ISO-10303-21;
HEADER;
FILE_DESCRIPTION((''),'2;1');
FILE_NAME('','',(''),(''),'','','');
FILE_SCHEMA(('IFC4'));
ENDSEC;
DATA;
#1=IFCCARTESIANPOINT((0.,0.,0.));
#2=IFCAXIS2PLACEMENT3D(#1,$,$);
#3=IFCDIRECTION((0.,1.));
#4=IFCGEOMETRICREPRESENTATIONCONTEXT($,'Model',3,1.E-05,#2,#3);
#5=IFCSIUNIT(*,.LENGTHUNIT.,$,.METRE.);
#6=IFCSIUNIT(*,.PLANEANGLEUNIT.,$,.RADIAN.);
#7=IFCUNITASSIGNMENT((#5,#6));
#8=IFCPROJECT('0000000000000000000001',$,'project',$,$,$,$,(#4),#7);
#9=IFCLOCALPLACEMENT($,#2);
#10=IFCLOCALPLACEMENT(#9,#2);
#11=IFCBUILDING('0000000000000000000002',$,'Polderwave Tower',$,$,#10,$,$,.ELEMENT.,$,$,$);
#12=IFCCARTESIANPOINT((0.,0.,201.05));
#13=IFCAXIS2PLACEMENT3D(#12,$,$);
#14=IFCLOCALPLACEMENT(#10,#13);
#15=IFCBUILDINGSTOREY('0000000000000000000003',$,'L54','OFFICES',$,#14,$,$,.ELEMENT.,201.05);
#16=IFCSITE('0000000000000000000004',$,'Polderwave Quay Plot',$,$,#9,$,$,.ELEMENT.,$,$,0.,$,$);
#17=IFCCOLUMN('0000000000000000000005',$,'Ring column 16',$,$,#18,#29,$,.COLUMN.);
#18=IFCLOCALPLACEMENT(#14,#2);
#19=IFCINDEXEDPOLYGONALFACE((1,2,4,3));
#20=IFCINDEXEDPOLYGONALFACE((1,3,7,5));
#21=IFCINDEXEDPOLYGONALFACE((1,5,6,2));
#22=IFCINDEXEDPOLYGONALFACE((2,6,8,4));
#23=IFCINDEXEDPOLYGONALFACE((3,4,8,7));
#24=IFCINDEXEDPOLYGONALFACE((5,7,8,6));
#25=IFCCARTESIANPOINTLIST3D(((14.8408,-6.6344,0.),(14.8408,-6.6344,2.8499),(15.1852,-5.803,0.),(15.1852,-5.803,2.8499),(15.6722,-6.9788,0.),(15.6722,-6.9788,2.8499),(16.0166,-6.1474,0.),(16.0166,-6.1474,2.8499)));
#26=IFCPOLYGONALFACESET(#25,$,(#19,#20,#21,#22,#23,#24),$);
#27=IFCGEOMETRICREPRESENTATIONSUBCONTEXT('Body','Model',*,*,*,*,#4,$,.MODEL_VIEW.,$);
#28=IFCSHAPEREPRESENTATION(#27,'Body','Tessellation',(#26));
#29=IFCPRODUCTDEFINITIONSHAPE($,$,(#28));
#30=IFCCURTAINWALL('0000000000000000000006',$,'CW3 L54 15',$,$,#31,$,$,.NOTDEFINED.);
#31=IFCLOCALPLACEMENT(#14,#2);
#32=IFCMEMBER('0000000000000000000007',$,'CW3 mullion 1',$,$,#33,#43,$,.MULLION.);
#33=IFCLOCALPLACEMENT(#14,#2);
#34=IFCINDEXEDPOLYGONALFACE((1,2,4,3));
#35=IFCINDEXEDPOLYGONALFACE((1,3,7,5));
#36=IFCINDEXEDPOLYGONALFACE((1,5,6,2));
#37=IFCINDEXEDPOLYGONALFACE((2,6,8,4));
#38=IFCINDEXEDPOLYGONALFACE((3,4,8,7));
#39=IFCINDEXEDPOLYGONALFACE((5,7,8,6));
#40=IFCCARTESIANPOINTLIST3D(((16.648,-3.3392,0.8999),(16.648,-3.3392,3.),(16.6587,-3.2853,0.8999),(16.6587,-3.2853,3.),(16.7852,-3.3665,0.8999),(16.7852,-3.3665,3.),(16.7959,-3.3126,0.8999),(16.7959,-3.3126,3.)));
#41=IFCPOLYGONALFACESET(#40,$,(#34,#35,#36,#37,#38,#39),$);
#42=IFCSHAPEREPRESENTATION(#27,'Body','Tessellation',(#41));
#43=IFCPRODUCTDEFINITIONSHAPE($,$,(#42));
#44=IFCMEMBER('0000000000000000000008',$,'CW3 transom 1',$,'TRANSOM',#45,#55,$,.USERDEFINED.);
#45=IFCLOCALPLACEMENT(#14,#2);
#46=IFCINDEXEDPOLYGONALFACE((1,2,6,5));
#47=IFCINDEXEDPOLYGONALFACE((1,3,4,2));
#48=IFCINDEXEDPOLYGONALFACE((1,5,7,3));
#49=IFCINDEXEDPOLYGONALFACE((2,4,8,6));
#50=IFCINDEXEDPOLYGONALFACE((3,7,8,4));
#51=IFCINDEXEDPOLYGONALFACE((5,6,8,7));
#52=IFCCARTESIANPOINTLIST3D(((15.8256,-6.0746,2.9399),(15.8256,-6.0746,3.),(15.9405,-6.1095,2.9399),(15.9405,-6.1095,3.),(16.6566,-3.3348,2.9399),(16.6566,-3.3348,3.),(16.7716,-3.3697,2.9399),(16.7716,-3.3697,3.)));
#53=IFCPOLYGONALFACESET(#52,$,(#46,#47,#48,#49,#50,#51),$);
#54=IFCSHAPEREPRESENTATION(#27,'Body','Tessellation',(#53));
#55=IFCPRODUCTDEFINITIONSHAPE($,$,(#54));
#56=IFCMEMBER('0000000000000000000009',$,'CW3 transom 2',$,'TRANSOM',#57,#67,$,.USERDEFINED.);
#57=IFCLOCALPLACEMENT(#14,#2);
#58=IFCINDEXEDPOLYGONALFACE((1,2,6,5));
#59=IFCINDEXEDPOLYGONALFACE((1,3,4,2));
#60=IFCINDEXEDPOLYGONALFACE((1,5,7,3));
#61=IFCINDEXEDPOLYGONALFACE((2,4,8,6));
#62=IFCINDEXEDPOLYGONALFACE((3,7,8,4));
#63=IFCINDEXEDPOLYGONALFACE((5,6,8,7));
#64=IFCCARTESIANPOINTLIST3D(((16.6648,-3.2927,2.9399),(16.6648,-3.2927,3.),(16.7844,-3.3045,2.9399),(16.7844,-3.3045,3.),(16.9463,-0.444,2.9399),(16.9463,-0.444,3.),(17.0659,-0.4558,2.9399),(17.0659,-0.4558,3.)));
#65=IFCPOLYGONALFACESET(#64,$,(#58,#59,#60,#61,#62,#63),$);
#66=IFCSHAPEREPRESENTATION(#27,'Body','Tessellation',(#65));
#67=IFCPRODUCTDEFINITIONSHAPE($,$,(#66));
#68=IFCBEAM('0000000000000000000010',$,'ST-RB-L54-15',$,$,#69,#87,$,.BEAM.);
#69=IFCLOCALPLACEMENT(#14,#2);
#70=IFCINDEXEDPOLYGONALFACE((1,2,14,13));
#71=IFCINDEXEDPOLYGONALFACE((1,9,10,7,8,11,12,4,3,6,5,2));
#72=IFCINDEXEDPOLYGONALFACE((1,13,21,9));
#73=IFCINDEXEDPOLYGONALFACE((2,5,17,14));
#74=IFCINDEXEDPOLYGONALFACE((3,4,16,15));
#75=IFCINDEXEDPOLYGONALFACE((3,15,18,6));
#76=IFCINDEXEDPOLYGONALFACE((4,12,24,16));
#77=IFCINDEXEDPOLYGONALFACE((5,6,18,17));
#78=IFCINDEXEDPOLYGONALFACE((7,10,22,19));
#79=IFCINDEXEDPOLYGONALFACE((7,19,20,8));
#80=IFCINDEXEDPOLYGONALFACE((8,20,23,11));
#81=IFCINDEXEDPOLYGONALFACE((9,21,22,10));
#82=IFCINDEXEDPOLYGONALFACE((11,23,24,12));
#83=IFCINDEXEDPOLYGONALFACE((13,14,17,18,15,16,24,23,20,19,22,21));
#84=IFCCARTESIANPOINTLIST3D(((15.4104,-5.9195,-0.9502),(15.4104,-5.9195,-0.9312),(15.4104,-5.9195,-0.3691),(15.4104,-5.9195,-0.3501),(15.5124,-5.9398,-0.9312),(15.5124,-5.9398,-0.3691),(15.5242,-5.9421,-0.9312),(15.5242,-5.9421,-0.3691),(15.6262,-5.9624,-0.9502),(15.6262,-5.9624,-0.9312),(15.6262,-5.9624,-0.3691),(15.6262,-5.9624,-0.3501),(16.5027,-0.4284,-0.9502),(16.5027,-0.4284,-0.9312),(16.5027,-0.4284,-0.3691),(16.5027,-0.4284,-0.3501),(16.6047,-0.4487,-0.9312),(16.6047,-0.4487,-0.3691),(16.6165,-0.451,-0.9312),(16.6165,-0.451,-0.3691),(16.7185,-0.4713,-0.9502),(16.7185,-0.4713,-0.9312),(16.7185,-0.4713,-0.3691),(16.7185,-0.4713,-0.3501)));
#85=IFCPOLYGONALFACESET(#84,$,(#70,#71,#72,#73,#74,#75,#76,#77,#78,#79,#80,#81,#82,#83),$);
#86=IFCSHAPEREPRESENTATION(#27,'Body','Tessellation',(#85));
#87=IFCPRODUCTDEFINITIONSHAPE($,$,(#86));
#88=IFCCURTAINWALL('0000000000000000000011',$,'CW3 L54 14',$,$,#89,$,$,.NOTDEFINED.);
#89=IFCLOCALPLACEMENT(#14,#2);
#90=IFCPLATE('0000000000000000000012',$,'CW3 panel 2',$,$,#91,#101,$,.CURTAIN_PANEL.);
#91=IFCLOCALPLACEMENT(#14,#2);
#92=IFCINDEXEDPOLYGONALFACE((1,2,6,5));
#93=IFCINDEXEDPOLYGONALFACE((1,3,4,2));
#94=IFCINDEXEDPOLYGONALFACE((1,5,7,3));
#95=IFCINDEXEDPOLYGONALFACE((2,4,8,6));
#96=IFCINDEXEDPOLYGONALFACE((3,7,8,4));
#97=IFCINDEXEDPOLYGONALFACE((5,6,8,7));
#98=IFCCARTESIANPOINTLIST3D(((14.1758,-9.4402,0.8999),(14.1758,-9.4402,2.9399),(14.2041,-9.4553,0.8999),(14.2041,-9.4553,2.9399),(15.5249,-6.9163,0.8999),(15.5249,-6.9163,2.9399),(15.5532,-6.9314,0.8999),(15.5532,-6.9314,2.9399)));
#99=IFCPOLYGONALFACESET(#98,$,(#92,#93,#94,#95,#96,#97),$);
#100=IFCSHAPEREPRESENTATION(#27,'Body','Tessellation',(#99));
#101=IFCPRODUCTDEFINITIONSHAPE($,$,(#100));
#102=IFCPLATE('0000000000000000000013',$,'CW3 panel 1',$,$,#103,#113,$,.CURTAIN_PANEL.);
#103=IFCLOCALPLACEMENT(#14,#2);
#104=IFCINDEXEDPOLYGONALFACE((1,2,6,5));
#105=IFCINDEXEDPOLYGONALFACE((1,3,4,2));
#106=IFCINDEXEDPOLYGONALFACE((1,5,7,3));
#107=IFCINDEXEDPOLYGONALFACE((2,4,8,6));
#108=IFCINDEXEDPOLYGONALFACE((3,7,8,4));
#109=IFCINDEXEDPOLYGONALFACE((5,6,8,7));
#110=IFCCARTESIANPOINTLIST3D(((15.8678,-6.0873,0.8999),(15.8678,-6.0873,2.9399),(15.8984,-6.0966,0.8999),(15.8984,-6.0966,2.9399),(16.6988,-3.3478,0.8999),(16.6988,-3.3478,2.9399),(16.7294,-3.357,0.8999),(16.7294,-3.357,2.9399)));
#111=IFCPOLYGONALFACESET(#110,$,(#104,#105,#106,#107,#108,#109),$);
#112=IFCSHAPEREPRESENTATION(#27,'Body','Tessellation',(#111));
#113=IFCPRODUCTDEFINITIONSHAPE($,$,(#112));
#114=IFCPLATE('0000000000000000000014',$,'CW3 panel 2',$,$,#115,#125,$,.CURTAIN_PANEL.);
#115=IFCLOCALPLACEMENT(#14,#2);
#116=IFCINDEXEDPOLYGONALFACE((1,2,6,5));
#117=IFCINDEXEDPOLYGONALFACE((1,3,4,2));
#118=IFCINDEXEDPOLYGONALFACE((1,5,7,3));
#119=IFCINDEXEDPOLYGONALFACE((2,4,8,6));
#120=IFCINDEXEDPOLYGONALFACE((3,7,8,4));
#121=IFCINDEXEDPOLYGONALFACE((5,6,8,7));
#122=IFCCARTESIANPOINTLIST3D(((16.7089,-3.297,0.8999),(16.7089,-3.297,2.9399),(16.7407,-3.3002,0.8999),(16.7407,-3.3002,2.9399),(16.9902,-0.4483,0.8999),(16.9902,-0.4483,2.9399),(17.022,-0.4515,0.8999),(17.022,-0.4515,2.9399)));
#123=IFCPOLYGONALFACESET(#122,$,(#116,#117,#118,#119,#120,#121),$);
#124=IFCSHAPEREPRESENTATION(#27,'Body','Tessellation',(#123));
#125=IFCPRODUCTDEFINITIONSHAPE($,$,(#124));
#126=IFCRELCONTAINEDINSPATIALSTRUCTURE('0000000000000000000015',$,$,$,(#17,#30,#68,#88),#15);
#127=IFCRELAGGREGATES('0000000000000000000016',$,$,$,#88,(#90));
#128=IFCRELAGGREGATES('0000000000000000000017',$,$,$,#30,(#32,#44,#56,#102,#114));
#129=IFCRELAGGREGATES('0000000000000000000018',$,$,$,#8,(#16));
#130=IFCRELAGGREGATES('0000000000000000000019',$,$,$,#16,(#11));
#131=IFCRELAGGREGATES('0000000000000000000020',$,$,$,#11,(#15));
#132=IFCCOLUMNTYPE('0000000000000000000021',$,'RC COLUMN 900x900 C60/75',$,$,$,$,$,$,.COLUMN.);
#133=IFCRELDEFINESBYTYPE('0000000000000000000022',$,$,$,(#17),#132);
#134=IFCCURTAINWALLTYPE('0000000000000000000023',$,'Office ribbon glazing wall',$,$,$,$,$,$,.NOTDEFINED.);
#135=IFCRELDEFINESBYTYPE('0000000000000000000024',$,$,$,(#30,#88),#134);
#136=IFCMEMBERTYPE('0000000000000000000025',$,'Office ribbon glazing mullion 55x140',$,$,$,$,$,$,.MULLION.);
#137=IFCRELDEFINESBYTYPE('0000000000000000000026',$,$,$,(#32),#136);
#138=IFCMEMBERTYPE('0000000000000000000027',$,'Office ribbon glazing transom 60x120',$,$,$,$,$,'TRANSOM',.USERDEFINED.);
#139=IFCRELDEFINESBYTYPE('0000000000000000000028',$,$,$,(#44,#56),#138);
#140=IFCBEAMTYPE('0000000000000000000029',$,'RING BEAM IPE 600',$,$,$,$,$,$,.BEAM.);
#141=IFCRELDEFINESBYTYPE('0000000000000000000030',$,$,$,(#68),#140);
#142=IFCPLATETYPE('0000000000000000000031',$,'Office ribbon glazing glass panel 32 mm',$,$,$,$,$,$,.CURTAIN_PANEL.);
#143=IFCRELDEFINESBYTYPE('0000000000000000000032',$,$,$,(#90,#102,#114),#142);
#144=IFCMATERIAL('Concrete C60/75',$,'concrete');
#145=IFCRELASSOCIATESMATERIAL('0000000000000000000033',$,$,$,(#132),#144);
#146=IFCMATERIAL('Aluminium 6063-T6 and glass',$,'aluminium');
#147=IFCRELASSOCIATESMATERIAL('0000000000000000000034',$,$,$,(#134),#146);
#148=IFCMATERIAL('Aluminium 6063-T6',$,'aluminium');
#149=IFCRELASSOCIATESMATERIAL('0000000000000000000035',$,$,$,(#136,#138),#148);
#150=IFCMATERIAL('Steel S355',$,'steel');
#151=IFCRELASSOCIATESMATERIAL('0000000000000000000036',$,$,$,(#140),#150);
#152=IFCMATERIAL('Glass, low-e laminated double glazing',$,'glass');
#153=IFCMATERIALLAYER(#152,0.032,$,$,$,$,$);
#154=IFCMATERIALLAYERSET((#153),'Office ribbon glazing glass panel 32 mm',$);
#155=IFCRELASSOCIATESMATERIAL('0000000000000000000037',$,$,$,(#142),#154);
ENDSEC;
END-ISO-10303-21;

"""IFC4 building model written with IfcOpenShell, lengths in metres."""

from ifc_helpers import new_model, si_unit, direction, frame, origin, origin_2d, place, context, subcontext, project, spatial, rectangle, i_section, extrude, material, layer, layer_set, material_profile, profile_set, type_object, element, aggregate, save


model = new_model("IFC4")

# Units and contexts
model_context = context("Model", 3, precision=1e-05, world=origin(), true_north=direction((0.0, 1.0)))
body_context = subcontext(model_context, "Body", "Model", "MODEL_VIEW")
ifc_project = project(units=[si_unit("LENGTHUNIT", "METRE"), si_unit("PLANEANGLEUNIT", "RADIAN")], contexts=[model_context])

# Site, building, storey
site_placement = place(None, origin())
site = spatial("IfcSite", under=ifc_project, at=site_placement, Name="Polderwave Quay Plot", CompositionType="ELEMENT", RefElevation=0.0)
building_placement = place(site_placement, origin())
building = spatial("IfcBuilding", under=site, at=building_placement, Name="Polderwave Tower", CompositionType="ELEMENT")
storey_placement = place(building_placement, frame((0.0, 0.0, 201.05)))
storey = spatial("IfcBuildingStorey", under=building, at=storey_placement, Name="L54", Description="OFFICES", CompositionType="ELEMENT", Elevation=201.05)

# Column
ifc_material_1 = material(Name="Concrete C60/75", Category="concrete")
ifc_material_profile_1 = material_profile(ifc_material_1, rectangle(XDim=0.8999, YDim=0.8999, at=origin_2d()), Name="RC 900x900")
ifc_profile_set_1 = profile_set([ifc_material_profile_1], Name="Concrete C60/75")
column_type = type_object("IfcColumnType", Name="RC COLUMN 900x900 C60/75", PredefinedType="COLUMN", material=ifc_profile_set_1)
column_placement = place(storey_placement, frame((15.4287, -6.3909, 0.0), z_axis=(0.0, 0.0, 1.0), x_axis=(0.92388, -0.382683, 0.0)))
element("IfcColumn", 1, at=column_placement, inside=storey, type_object=column_type, Name="Ring column 16", PredefinedType="COLUMN", context=body_context, shape_type="SweptSolid", body=[
    extrude(rectangle(XDim=0.8999, YDim=0.8999, at=origin_2d()), origin(), (0.0, 0.0, 1.0), 2.8499),
])

# Curtain wall, members
ifc_material_2 = material(Name="Aluminium 6063-T6 and glass", Category="aluminium")
curtain_wall_type = type_object("IfcCurtainWallType", Name="Office ribbon glazing wall", PredefinedType="NOTDEFINED", material=ifc_material_2)
curtain_wall_1_placement = place(storey_placement, origin())
curtain_wall_1 = element("IfcCurtainWall", 2, at=curtain_wall_1_placement, inside=storey, type_object=curtain_wall_type, Name="CW3 L54 15", PredefinedType="NOTDEFINED")
ifc_material_3 = material(Name="Aluminium 6063-T6", Category="aluminium")
ifc_material_profile_2 = material_profile(ifc_material_3, rectangle(XDim=0.1399, YDim=0.0549, at=origin_2d()), Name="AL 55x140")
ifc_profile_set_2 = profile_set([ifc_material_profile_2], Name="Aluminium 6063-T6")
member_type_1 = type_object("IfcMemberType", Name="Office ribbon glazing mullion 55x140", PredefinedType="MULLION", material=ifc_profile_set_2)
member_1_placement = place(storey_placement, frame((16.7219, -3.3259, 0.8999), z_axis=(0.0, 0.0, 1.0), x_axis=(-0.980762, 0.195205, 0.0)))
member_1 = element("IfcMember", 3, at=member_1_placement, type_object=member_type_1, Name="CW3 mullion 1", PredefinedType="MULLION", context=body_context, shape_type="SweptSolid", body=[
    extrude(rectangle(XDim=0.1399, YDim=0.0549, at=origin_2d()), origin(), (0.0, 0.0, 1.0), 2.1001),
])
ifc_material_profile_3 = material_profile(ifc_material_3, rectangle(XDim=0.1201, YDim=0.0601, at=origin_2d()), Name="AL 60x120")
ifc_profile_set_3 = profile_set([ifc_material_profile_3], Name="Aluminium 6063-T6")
member_type_2 = type_object("IfcMemberType", Name="Office ribbon glazing transom 60x120", ElementType="TRANSOM", PredefinedType="USERDEFINED", material=ifc_profile_set_3)
member_2_placement = place(storey_placement, frame((15.8831, -6.092, 2.97), z_axis=(0.290272, 0.956944, 0.0), x_axis=(-0.956944, 0.290272, 0.0)))
member_2 = element("IfcMember", 4, at=member_2_placement, type_object=member_type_2, Name="CW3 transom 1", ObjectType="TRANSOM", PredefinedType="USERDEFINED", context=body_context, shape_type="SweptSolid", body=[
    extrude(rectangle(XDim=0.1201, YDim=0.0601, at=origin_2d()), origin(), (0.0, 0.0, 1.0), 2.863),
])
member_3_placement = place(storey_placement, frame((16.7246, -3.2986, 2.97), z_axis=(0.098338, 0.995153, 0.0), x_axis=(-0.995153, 0.098338, 0.0)))
member_3 = element("IfcMember", 5, at=member_3_placement, type_object=member_type_2, Name="CW3 transom 2", ObjectType="TRANSOM", PredefinedType="USERDEFINED", context=body_context, shape_type="SweptSolid", body=[
    extrude(rectangle(XDim=0.1201, YDim=0.0601, at=origin_2d()), origin(), (0.0, 0.0, 1.0), 2.8625),
])

# Beam
ifc_material_4 = material(Name="Steel S355", Category="steel")
ifc_material_profile_4 = material_profile(ifc_material_4, i_section(OverallWidth=0.22, OverallDepth=0.6001, WebThickness=0.012, FlangeThickness=0.019, at=origin_2d()), Name="IPE 600")
ifc_profile_set_4 = profile_set([ifc_material_profile_4], Name="Steel S355")
beam_type = type_object("IfcBeamType", Name="RING BEAM IPE 600", PredefinedType="BEAM", material=ifc_profile_set_4)
beam_placement = place(storey_placement, frame((15.5183, -5.9409, -0.6501), z_axis=(0.195101, 0.980783, 0.0), x_axis=(-0.980783, 0.195101, 0.0)))
element("IfcBeam", 6, at=beam_placement, inside=storey, type_object=beam_type, Name="ST-RB-L54-15", PredefinedType="BEAM", context=body_context, shape_type="SweptSolid", body=[
    extrude(i_section(OverallWidth=0.22, OverallDepth=0.6001, WebThickness=0.012, FlangeThickness=0.019, at=origin_2d()), origin(), (0.0, 0.0, 1.0), 5.5986),
])

# Curtain wall, plate
curtain_wall_2_placement = place(storey_placement, origin())
curtain_wall_2 = element("IfcCurtainWall", 7, at=curtain_wall_2_placement, inside=storey, type_object=curtain_wall_type, Name="CW3 L54 14", PredefinedType="NOTDEFINED")
ifc_material_5 = material(Name="Glass, low-e laminated double glazing", Category="glass")
ifc_layer_1 = layer(ifc_material_5, 0.032)
ifc_layer_set_1 = layer_set([ifc_layer_1], Name="Office ribbon glazing glass panel 32 mm")
plate_type = type_object("IfcPlateType", Name="Office ribbon glazing glass panel 32 mm", PredefinedType="CURTAIN_PANEL", material=ifc_layer_set_1)
plate_1_placement = place(storey_placement, frame((14.8645, -8.1858, 0.8999), z_axis=(0.0, 0.0, 1.0), x_axis=(0.471414, 0.881912, 0.0)))
plate_1 = element("IfcPlate", 8, at=plate_1_placement, type_object=plate_type, Name="CW3 panel 2", PredefinedType="CURTAIN_PANEL", context=body_context, shape_type="SweptSolid", body=[
    extrude(rectangle(XDim=2.8618, YDim=0.032, at=origin_2d()), origin(), (0.0, 0.0, 1.0), 2.04),
])
aggregate(curtain_wall_2, [plate_1])

# Plates
plate_2_placement = place(storey_placement, frame((16.2986, -4.7222, 0.8999), z_axis=(0.0, 0.0, 1.0), x_axis=(0.290266, 0.956946, 0.0)))
plate_2 = element("IfcPlate", 9, at=plate_2_placement, type_object=plate_type, Name="CW3 panel 1", PredefinedType="CURTAIN_PANEL", context=body_context, shape_type="SweptSolid", body=[
    extrude(rectangle(XDim=2.8628, YDim=0.032, at=origin_2d()), origin(), (0.0, 0.0, 1.0), 2.04),
])
plate_3_placement = place(storey_placement, frame((16.8655, -1.8743, 0.8999), z_axis=(0.0, 0.0, 1.0), x_axis=(0.098271, 0.99516, 0.0)))
plate_3 = element("IfcPlate", 10, at=plate_3_placement, type_object=plate_type, Name="CW3 panel 2", PredefinedType="CURTAIN_PANEL", context=body_context, shape_type="SweptSolid", body=[
    extrude(rectangle(XDim=2.8625, YDim=0.032, at=origin_2d()), origin(), (0.0, 0.0, 1.0), 2.04),
])
aggregate(curtain_wall_1, [member_1, member_2, member_3, plate_2, plate_3])

save(model, "model.ifc")
